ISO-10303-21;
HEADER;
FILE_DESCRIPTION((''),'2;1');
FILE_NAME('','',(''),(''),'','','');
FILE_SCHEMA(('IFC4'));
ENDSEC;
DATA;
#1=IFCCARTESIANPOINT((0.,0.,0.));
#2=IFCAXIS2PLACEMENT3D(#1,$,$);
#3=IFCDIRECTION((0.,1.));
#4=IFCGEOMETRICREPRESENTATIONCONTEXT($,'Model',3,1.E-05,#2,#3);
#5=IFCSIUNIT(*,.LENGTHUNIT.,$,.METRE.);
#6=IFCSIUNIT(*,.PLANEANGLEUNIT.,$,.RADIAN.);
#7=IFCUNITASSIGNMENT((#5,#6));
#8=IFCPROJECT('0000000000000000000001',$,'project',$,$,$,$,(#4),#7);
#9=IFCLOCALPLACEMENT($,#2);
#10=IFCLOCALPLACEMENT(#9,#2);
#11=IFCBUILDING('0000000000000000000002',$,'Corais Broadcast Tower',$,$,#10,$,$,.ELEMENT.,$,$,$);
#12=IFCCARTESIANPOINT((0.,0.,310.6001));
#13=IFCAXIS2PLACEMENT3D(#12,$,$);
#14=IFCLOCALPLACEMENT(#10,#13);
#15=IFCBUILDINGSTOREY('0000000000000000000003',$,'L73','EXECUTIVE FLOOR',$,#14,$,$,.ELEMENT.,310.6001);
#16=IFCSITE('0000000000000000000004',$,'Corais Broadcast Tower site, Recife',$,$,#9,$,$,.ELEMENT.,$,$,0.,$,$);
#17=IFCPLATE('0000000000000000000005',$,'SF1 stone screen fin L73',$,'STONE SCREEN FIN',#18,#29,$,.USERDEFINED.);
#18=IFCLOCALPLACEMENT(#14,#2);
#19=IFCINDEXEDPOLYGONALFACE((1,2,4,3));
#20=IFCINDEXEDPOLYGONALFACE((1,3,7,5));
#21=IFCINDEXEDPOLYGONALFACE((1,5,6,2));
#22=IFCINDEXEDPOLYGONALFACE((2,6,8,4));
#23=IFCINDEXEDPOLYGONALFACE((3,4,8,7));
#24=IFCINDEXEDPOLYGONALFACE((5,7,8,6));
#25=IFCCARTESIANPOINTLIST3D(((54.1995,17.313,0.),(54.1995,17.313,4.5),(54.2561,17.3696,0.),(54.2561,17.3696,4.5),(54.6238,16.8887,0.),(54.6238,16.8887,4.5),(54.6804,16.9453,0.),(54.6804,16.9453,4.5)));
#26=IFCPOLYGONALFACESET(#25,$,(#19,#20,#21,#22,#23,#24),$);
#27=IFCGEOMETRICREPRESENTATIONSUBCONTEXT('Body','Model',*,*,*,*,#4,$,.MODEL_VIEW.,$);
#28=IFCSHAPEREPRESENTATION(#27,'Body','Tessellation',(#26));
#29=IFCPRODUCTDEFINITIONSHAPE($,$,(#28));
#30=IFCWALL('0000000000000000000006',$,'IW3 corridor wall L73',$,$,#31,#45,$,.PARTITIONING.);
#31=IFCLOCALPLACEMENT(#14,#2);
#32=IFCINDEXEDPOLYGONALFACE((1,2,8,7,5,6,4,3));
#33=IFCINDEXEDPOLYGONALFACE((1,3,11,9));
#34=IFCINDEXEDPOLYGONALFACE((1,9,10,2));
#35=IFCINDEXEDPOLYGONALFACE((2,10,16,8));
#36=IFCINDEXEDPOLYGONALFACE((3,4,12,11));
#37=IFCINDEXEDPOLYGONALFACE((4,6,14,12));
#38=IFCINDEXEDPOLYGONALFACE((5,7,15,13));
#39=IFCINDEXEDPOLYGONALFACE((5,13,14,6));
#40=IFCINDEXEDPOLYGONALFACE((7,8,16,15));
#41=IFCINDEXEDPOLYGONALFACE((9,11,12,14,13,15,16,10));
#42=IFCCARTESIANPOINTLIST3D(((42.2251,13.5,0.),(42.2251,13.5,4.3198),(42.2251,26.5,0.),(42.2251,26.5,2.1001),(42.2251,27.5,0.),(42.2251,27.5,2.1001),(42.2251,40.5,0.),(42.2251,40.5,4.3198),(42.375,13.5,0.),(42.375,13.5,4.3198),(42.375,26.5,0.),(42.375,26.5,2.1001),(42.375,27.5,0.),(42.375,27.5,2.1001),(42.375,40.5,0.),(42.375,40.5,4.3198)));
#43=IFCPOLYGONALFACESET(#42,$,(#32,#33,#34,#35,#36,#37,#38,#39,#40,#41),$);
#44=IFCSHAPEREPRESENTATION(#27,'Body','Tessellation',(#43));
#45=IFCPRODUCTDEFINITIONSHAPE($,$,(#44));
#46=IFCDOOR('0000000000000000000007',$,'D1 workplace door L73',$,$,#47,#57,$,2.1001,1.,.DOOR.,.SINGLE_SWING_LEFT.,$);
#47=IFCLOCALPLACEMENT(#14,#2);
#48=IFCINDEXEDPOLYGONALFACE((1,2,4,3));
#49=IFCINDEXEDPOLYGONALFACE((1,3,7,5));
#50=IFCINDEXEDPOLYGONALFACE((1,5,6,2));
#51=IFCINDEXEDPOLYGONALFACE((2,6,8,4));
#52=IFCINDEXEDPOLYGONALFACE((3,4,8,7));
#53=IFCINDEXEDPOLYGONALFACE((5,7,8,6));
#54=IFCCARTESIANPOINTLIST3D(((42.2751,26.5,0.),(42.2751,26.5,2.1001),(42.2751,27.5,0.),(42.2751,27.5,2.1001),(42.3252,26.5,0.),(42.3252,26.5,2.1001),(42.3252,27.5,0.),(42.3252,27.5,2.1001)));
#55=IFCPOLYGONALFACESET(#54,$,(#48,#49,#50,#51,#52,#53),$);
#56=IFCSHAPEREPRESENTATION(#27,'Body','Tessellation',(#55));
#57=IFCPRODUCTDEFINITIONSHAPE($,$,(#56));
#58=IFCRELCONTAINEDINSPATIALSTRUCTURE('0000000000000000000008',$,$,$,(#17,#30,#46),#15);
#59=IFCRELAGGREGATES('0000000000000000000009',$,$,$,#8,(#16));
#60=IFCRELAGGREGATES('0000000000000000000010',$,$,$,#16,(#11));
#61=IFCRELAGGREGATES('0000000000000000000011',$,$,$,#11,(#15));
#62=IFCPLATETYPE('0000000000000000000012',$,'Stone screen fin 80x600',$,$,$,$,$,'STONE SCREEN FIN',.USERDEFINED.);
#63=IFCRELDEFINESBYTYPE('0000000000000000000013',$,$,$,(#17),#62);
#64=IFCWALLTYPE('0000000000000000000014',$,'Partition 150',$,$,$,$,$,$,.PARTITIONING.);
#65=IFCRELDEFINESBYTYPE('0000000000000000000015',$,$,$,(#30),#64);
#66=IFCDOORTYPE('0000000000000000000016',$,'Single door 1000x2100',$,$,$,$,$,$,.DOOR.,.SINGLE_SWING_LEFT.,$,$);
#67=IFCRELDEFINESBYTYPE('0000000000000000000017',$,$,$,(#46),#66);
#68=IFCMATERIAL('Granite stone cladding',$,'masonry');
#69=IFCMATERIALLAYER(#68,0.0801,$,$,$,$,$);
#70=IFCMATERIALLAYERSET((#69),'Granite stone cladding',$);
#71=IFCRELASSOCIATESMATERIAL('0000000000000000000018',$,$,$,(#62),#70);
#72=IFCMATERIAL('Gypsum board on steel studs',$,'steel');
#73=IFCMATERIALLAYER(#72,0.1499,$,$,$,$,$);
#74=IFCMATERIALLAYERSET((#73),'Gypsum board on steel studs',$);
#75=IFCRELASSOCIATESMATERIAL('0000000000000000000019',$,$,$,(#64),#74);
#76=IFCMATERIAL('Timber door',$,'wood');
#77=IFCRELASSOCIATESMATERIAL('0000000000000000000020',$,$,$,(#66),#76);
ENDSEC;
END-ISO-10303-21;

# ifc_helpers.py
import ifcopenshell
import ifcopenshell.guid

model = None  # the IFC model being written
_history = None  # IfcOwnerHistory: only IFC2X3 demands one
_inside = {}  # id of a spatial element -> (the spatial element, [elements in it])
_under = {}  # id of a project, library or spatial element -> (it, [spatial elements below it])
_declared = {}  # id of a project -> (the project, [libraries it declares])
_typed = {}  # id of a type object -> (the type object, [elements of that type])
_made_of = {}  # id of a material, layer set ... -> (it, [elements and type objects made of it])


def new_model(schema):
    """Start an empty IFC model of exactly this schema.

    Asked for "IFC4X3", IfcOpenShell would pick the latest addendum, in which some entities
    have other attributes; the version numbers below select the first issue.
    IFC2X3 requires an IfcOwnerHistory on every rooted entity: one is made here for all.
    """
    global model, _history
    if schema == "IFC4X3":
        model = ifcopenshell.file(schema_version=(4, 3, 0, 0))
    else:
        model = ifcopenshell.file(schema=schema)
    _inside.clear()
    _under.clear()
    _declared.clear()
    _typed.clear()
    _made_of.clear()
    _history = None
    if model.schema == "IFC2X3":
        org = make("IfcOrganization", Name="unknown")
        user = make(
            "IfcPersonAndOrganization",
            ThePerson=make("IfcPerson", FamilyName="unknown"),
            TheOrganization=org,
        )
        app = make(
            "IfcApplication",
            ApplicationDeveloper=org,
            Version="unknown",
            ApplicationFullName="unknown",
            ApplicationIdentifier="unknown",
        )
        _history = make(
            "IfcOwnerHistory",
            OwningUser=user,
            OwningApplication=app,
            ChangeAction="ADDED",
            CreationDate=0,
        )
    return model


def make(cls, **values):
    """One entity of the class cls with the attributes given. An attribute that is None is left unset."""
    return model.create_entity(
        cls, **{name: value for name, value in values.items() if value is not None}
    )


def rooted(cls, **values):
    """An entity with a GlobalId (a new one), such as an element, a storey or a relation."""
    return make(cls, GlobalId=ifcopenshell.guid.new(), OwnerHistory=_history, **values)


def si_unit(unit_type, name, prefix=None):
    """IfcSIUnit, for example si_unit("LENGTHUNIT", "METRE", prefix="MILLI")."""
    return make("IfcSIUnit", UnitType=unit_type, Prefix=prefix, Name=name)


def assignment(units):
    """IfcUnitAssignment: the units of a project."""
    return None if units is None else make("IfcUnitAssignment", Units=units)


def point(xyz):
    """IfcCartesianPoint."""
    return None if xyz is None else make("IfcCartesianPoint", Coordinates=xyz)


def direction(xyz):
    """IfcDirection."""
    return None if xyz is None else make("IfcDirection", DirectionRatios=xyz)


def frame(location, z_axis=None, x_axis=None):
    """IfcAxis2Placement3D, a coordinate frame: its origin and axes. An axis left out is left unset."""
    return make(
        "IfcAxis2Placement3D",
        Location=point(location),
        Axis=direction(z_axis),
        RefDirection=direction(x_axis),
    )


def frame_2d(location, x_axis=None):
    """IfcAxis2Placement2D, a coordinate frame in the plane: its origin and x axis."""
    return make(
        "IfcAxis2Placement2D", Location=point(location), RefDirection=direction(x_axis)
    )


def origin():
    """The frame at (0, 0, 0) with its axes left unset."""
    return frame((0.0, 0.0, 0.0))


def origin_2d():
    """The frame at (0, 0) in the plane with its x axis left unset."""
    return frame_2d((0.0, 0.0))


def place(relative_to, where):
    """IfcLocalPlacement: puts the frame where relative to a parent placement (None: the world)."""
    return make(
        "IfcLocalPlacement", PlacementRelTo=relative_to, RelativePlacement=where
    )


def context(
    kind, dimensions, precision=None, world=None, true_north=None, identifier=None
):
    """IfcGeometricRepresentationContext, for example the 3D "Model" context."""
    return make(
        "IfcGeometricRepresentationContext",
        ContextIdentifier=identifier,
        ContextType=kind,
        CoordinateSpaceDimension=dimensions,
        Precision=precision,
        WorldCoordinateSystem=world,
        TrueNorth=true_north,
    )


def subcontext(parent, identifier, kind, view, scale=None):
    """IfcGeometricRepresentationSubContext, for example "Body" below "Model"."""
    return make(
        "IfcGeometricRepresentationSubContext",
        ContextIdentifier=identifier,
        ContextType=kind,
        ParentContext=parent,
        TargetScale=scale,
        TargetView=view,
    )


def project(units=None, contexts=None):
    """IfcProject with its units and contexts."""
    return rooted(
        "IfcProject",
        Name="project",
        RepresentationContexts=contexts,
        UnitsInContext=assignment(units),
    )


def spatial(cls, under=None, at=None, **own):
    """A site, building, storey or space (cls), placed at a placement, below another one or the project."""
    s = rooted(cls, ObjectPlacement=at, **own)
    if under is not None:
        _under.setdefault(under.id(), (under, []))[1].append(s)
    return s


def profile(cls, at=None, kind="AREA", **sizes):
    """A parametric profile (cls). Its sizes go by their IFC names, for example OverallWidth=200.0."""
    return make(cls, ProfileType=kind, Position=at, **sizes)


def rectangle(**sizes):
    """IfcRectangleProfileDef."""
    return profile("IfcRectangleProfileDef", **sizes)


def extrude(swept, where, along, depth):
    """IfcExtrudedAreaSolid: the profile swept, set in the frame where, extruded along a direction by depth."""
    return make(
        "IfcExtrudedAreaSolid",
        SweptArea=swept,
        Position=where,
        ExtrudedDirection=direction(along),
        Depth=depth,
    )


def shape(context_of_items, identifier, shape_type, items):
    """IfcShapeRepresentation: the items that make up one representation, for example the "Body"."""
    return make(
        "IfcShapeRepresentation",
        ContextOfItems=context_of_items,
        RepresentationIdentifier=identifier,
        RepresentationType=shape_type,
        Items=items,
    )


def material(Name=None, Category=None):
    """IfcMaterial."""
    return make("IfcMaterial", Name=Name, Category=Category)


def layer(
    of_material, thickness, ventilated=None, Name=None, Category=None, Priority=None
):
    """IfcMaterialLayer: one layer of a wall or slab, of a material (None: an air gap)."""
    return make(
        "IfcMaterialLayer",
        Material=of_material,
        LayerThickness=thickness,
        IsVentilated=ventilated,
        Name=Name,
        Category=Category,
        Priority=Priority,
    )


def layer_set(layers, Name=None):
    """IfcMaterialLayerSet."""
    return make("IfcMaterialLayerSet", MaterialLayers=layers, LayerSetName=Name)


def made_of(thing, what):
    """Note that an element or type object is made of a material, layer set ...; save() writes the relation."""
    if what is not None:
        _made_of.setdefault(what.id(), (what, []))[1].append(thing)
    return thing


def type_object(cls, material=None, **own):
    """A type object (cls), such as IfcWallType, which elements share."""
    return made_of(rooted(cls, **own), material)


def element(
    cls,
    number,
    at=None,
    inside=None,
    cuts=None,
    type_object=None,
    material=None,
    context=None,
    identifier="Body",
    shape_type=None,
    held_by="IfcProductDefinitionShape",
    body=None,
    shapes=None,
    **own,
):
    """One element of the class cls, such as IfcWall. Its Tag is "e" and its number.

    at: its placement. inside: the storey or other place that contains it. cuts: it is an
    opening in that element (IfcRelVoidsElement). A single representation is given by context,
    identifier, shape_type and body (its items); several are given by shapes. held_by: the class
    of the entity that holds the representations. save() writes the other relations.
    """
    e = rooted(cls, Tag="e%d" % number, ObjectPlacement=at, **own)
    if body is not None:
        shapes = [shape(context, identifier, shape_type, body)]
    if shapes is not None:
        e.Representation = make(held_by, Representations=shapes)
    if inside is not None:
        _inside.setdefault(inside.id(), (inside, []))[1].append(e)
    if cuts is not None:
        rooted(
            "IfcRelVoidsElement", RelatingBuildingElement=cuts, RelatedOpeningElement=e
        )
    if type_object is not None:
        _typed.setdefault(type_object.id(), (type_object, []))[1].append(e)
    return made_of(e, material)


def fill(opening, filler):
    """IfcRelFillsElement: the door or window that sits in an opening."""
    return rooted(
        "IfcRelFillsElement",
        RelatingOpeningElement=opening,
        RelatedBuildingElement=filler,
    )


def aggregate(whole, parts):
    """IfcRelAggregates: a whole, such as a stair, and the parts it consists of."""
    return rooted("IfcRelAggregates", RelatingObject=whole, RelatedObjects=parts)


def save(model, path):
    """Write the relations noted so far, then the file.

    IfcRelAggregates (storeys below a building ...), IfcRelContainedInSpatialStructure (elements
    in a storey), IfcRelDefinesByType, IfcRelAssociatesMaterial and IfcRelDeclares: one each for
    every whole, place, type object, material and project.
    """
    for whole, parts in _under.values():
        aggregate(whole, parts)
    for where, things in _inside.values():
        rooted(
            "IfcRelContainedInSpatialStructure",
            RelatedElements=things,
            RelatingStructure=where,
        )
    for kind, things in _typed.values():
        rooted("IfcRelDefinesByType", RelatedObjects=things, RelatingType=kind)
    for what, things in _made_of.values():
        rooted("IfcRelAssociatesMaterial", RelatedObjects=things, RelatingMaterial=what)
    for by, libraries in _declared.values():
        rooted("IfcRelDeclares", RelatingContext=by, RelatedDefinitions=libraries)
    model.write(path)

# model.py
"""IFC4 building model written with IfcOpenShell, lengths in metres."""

from ifc_helpers import new_model, si_unit, direction, frame, frame_2d, origin, origin_2d, place, context, subcontext, project, spatial, rectangle, extrude, material, layer, layer_set, type_object, element, fill, save


model = new_model("IFC4")

# Units and contexts
model_context = context("Model", 3, precision=1e-05, world=origin(), true_north=direction((0.0, 1.0)))
body_context = subcontext(model_context, "Body", "Model", "MODEL_VIEW")
ifc_project = project(units=[si_unit("LENGTHUNIT", "METRE"), si_unit("PLANEANGLEUNIT", "RADIAN")], contexts=[model_context])

# Site, building, storey
site_placement = place(None, origin())
site = spatial("IfcSite", under=ifc_project, at=site_placement, Name="Corais Broadcast Tower site, Recife", CompositionType="ELEMENT", RefElevation=0.0)
building_placement = place(site_placement, origin())
building = spatial("IfcBuilding", under=site, at=building_placement, Name="Corais Broadcast Tower", CompositionType="ELEMENT")
storey_placement = place(building_placement, frame((0.0, 0.0, 310.6001)))
storey = spatial("IfcBuildingStorey", under=building, at=storey_placement, Name="L73", Description="EXECUTIVE FLOOR", CompositionType="ELEMENT", Elevation=310.6001)

# Plate
ifc_material_1 = material(Name="Granite stone cladding", Category="masonry")
ifc_layer_1 = layer(ifc_material_1, 0.0801)
ifc_layer_set_1 = layer_set([ifc_layer_1], Name="Granite stone cladding")
plate_type_1 = type_object("IfcPlateType", Name="Stone screen fin 80x600", ElementType="STONE SCREEN FIN", PredefinedType="USERDEFINED", material=ifc_layer_set_1)
plate_1_placement = place(storey_placement, frame((54.4399, 17.1292, 0.0), z_axis=(0.0, 0.0, 1.0), x_axis=(-0.707107, -0.707107, 0.0)))
element("IfcPlate", 1, at=plate_1_placement, inside=storey, type_object=plate_type_1, Name="SF1 stone screen fin L73", ObjectType="STONE SCREEN FIN", PredefinedType="USERDEFINED", context=body_context, shape_type="SweptSolid", body=[
    extrude(rectangle(XDim=0.0801, YDim=0.6001, at=origin_2d()), origin(), (0.0, 0.0, 1.0), 4.5),
])

# Wall, opening, door
ifc_material_2 = material(Name="Gypsum board on steel studs", Category="steel")
ifc_layer_2 = layer(ifc_material_2, 0.1499)
ifc_layer_set_2 = layer_set([ifc_layer_2], Name="Gypsum board on steel studs")
wall_type = type_object("IfcWallType", Name="Partition 150", PredefinedType="PARTITIONING", material=ifc_layer_set_2)
wall_placement = place(storey_placement, frame((42.3, 13.5, 0.0), z_axis=(0.0, 0.0, 1.0), x_axis=(0.0, 1.0, 0.0)))
wall = element("IfcWall", 2, at=wall_placement, inside=storey, type_object=wall_type, Name="IW3 corridor wall L73", PredefinedType="PARTITIONING", context=body_context, shape_type="SweptSolid", body=[
    extrude(rectangle(XDim=27.0, YDim=0.1499, at=frame_2d((13.5, 0.0))), origin(), (0.0, 0.0, 1.0), 4.3198),
])
opening_placement = place(wall_placement, frame((13.0, 0.0, 0.0)))
opening = element("IfcOpeningElement", 3, at=opening_placement, cuts=wall, PredefinedType="OPENING", context=body_context, shape_type="SweptSolid", body=[
    extrude(rectangle(XDim=1.0, YDim=2.1001, at=frame_2d((0.5, 1.05))), frame((0.0, 0.085, 0.0), z_axis=(0.0, -1.0, 0.0), x_axis=(1.0, 0.0, 0.0)), (0.0, 0.0, 1.0), 0.1699),
])
ifc_material_3 = material(Name="Timber door", Category="wood")
door_type = type_object("IfcDoorType", Name="Single door 1000x2100", OperationType="SINGLE_SWING_LEFT", PredefinedType="DOOR", material=ifc_material_3)
door_placement = place(opening_placement, origin())
door = element("IfcDoor", 4, at=door_placement, inside=storey, type_object=door_type, Name="D1 workplace door L73", OperationType="SINGLE_SWING_LEFT", OverallHeight=2.1001, OverallWidth=1.0, PredefinedType="DOOR", context=body_context, shape_type="SweptSolid", body=[
    extrude(rectangle(XDim=1.0, YDim=2.1001, at=frame_2d((0.5, 1.05))), frame((0.0, 0.0249, 0.0), z_axis=(0.0, -1.0, 0.0), x_axis=(1.0, 0.0, 0.0)), (0.0, 0.0, 1.0), 0.05),
])
fill(opening, door)

save(model, "model.ifc")
